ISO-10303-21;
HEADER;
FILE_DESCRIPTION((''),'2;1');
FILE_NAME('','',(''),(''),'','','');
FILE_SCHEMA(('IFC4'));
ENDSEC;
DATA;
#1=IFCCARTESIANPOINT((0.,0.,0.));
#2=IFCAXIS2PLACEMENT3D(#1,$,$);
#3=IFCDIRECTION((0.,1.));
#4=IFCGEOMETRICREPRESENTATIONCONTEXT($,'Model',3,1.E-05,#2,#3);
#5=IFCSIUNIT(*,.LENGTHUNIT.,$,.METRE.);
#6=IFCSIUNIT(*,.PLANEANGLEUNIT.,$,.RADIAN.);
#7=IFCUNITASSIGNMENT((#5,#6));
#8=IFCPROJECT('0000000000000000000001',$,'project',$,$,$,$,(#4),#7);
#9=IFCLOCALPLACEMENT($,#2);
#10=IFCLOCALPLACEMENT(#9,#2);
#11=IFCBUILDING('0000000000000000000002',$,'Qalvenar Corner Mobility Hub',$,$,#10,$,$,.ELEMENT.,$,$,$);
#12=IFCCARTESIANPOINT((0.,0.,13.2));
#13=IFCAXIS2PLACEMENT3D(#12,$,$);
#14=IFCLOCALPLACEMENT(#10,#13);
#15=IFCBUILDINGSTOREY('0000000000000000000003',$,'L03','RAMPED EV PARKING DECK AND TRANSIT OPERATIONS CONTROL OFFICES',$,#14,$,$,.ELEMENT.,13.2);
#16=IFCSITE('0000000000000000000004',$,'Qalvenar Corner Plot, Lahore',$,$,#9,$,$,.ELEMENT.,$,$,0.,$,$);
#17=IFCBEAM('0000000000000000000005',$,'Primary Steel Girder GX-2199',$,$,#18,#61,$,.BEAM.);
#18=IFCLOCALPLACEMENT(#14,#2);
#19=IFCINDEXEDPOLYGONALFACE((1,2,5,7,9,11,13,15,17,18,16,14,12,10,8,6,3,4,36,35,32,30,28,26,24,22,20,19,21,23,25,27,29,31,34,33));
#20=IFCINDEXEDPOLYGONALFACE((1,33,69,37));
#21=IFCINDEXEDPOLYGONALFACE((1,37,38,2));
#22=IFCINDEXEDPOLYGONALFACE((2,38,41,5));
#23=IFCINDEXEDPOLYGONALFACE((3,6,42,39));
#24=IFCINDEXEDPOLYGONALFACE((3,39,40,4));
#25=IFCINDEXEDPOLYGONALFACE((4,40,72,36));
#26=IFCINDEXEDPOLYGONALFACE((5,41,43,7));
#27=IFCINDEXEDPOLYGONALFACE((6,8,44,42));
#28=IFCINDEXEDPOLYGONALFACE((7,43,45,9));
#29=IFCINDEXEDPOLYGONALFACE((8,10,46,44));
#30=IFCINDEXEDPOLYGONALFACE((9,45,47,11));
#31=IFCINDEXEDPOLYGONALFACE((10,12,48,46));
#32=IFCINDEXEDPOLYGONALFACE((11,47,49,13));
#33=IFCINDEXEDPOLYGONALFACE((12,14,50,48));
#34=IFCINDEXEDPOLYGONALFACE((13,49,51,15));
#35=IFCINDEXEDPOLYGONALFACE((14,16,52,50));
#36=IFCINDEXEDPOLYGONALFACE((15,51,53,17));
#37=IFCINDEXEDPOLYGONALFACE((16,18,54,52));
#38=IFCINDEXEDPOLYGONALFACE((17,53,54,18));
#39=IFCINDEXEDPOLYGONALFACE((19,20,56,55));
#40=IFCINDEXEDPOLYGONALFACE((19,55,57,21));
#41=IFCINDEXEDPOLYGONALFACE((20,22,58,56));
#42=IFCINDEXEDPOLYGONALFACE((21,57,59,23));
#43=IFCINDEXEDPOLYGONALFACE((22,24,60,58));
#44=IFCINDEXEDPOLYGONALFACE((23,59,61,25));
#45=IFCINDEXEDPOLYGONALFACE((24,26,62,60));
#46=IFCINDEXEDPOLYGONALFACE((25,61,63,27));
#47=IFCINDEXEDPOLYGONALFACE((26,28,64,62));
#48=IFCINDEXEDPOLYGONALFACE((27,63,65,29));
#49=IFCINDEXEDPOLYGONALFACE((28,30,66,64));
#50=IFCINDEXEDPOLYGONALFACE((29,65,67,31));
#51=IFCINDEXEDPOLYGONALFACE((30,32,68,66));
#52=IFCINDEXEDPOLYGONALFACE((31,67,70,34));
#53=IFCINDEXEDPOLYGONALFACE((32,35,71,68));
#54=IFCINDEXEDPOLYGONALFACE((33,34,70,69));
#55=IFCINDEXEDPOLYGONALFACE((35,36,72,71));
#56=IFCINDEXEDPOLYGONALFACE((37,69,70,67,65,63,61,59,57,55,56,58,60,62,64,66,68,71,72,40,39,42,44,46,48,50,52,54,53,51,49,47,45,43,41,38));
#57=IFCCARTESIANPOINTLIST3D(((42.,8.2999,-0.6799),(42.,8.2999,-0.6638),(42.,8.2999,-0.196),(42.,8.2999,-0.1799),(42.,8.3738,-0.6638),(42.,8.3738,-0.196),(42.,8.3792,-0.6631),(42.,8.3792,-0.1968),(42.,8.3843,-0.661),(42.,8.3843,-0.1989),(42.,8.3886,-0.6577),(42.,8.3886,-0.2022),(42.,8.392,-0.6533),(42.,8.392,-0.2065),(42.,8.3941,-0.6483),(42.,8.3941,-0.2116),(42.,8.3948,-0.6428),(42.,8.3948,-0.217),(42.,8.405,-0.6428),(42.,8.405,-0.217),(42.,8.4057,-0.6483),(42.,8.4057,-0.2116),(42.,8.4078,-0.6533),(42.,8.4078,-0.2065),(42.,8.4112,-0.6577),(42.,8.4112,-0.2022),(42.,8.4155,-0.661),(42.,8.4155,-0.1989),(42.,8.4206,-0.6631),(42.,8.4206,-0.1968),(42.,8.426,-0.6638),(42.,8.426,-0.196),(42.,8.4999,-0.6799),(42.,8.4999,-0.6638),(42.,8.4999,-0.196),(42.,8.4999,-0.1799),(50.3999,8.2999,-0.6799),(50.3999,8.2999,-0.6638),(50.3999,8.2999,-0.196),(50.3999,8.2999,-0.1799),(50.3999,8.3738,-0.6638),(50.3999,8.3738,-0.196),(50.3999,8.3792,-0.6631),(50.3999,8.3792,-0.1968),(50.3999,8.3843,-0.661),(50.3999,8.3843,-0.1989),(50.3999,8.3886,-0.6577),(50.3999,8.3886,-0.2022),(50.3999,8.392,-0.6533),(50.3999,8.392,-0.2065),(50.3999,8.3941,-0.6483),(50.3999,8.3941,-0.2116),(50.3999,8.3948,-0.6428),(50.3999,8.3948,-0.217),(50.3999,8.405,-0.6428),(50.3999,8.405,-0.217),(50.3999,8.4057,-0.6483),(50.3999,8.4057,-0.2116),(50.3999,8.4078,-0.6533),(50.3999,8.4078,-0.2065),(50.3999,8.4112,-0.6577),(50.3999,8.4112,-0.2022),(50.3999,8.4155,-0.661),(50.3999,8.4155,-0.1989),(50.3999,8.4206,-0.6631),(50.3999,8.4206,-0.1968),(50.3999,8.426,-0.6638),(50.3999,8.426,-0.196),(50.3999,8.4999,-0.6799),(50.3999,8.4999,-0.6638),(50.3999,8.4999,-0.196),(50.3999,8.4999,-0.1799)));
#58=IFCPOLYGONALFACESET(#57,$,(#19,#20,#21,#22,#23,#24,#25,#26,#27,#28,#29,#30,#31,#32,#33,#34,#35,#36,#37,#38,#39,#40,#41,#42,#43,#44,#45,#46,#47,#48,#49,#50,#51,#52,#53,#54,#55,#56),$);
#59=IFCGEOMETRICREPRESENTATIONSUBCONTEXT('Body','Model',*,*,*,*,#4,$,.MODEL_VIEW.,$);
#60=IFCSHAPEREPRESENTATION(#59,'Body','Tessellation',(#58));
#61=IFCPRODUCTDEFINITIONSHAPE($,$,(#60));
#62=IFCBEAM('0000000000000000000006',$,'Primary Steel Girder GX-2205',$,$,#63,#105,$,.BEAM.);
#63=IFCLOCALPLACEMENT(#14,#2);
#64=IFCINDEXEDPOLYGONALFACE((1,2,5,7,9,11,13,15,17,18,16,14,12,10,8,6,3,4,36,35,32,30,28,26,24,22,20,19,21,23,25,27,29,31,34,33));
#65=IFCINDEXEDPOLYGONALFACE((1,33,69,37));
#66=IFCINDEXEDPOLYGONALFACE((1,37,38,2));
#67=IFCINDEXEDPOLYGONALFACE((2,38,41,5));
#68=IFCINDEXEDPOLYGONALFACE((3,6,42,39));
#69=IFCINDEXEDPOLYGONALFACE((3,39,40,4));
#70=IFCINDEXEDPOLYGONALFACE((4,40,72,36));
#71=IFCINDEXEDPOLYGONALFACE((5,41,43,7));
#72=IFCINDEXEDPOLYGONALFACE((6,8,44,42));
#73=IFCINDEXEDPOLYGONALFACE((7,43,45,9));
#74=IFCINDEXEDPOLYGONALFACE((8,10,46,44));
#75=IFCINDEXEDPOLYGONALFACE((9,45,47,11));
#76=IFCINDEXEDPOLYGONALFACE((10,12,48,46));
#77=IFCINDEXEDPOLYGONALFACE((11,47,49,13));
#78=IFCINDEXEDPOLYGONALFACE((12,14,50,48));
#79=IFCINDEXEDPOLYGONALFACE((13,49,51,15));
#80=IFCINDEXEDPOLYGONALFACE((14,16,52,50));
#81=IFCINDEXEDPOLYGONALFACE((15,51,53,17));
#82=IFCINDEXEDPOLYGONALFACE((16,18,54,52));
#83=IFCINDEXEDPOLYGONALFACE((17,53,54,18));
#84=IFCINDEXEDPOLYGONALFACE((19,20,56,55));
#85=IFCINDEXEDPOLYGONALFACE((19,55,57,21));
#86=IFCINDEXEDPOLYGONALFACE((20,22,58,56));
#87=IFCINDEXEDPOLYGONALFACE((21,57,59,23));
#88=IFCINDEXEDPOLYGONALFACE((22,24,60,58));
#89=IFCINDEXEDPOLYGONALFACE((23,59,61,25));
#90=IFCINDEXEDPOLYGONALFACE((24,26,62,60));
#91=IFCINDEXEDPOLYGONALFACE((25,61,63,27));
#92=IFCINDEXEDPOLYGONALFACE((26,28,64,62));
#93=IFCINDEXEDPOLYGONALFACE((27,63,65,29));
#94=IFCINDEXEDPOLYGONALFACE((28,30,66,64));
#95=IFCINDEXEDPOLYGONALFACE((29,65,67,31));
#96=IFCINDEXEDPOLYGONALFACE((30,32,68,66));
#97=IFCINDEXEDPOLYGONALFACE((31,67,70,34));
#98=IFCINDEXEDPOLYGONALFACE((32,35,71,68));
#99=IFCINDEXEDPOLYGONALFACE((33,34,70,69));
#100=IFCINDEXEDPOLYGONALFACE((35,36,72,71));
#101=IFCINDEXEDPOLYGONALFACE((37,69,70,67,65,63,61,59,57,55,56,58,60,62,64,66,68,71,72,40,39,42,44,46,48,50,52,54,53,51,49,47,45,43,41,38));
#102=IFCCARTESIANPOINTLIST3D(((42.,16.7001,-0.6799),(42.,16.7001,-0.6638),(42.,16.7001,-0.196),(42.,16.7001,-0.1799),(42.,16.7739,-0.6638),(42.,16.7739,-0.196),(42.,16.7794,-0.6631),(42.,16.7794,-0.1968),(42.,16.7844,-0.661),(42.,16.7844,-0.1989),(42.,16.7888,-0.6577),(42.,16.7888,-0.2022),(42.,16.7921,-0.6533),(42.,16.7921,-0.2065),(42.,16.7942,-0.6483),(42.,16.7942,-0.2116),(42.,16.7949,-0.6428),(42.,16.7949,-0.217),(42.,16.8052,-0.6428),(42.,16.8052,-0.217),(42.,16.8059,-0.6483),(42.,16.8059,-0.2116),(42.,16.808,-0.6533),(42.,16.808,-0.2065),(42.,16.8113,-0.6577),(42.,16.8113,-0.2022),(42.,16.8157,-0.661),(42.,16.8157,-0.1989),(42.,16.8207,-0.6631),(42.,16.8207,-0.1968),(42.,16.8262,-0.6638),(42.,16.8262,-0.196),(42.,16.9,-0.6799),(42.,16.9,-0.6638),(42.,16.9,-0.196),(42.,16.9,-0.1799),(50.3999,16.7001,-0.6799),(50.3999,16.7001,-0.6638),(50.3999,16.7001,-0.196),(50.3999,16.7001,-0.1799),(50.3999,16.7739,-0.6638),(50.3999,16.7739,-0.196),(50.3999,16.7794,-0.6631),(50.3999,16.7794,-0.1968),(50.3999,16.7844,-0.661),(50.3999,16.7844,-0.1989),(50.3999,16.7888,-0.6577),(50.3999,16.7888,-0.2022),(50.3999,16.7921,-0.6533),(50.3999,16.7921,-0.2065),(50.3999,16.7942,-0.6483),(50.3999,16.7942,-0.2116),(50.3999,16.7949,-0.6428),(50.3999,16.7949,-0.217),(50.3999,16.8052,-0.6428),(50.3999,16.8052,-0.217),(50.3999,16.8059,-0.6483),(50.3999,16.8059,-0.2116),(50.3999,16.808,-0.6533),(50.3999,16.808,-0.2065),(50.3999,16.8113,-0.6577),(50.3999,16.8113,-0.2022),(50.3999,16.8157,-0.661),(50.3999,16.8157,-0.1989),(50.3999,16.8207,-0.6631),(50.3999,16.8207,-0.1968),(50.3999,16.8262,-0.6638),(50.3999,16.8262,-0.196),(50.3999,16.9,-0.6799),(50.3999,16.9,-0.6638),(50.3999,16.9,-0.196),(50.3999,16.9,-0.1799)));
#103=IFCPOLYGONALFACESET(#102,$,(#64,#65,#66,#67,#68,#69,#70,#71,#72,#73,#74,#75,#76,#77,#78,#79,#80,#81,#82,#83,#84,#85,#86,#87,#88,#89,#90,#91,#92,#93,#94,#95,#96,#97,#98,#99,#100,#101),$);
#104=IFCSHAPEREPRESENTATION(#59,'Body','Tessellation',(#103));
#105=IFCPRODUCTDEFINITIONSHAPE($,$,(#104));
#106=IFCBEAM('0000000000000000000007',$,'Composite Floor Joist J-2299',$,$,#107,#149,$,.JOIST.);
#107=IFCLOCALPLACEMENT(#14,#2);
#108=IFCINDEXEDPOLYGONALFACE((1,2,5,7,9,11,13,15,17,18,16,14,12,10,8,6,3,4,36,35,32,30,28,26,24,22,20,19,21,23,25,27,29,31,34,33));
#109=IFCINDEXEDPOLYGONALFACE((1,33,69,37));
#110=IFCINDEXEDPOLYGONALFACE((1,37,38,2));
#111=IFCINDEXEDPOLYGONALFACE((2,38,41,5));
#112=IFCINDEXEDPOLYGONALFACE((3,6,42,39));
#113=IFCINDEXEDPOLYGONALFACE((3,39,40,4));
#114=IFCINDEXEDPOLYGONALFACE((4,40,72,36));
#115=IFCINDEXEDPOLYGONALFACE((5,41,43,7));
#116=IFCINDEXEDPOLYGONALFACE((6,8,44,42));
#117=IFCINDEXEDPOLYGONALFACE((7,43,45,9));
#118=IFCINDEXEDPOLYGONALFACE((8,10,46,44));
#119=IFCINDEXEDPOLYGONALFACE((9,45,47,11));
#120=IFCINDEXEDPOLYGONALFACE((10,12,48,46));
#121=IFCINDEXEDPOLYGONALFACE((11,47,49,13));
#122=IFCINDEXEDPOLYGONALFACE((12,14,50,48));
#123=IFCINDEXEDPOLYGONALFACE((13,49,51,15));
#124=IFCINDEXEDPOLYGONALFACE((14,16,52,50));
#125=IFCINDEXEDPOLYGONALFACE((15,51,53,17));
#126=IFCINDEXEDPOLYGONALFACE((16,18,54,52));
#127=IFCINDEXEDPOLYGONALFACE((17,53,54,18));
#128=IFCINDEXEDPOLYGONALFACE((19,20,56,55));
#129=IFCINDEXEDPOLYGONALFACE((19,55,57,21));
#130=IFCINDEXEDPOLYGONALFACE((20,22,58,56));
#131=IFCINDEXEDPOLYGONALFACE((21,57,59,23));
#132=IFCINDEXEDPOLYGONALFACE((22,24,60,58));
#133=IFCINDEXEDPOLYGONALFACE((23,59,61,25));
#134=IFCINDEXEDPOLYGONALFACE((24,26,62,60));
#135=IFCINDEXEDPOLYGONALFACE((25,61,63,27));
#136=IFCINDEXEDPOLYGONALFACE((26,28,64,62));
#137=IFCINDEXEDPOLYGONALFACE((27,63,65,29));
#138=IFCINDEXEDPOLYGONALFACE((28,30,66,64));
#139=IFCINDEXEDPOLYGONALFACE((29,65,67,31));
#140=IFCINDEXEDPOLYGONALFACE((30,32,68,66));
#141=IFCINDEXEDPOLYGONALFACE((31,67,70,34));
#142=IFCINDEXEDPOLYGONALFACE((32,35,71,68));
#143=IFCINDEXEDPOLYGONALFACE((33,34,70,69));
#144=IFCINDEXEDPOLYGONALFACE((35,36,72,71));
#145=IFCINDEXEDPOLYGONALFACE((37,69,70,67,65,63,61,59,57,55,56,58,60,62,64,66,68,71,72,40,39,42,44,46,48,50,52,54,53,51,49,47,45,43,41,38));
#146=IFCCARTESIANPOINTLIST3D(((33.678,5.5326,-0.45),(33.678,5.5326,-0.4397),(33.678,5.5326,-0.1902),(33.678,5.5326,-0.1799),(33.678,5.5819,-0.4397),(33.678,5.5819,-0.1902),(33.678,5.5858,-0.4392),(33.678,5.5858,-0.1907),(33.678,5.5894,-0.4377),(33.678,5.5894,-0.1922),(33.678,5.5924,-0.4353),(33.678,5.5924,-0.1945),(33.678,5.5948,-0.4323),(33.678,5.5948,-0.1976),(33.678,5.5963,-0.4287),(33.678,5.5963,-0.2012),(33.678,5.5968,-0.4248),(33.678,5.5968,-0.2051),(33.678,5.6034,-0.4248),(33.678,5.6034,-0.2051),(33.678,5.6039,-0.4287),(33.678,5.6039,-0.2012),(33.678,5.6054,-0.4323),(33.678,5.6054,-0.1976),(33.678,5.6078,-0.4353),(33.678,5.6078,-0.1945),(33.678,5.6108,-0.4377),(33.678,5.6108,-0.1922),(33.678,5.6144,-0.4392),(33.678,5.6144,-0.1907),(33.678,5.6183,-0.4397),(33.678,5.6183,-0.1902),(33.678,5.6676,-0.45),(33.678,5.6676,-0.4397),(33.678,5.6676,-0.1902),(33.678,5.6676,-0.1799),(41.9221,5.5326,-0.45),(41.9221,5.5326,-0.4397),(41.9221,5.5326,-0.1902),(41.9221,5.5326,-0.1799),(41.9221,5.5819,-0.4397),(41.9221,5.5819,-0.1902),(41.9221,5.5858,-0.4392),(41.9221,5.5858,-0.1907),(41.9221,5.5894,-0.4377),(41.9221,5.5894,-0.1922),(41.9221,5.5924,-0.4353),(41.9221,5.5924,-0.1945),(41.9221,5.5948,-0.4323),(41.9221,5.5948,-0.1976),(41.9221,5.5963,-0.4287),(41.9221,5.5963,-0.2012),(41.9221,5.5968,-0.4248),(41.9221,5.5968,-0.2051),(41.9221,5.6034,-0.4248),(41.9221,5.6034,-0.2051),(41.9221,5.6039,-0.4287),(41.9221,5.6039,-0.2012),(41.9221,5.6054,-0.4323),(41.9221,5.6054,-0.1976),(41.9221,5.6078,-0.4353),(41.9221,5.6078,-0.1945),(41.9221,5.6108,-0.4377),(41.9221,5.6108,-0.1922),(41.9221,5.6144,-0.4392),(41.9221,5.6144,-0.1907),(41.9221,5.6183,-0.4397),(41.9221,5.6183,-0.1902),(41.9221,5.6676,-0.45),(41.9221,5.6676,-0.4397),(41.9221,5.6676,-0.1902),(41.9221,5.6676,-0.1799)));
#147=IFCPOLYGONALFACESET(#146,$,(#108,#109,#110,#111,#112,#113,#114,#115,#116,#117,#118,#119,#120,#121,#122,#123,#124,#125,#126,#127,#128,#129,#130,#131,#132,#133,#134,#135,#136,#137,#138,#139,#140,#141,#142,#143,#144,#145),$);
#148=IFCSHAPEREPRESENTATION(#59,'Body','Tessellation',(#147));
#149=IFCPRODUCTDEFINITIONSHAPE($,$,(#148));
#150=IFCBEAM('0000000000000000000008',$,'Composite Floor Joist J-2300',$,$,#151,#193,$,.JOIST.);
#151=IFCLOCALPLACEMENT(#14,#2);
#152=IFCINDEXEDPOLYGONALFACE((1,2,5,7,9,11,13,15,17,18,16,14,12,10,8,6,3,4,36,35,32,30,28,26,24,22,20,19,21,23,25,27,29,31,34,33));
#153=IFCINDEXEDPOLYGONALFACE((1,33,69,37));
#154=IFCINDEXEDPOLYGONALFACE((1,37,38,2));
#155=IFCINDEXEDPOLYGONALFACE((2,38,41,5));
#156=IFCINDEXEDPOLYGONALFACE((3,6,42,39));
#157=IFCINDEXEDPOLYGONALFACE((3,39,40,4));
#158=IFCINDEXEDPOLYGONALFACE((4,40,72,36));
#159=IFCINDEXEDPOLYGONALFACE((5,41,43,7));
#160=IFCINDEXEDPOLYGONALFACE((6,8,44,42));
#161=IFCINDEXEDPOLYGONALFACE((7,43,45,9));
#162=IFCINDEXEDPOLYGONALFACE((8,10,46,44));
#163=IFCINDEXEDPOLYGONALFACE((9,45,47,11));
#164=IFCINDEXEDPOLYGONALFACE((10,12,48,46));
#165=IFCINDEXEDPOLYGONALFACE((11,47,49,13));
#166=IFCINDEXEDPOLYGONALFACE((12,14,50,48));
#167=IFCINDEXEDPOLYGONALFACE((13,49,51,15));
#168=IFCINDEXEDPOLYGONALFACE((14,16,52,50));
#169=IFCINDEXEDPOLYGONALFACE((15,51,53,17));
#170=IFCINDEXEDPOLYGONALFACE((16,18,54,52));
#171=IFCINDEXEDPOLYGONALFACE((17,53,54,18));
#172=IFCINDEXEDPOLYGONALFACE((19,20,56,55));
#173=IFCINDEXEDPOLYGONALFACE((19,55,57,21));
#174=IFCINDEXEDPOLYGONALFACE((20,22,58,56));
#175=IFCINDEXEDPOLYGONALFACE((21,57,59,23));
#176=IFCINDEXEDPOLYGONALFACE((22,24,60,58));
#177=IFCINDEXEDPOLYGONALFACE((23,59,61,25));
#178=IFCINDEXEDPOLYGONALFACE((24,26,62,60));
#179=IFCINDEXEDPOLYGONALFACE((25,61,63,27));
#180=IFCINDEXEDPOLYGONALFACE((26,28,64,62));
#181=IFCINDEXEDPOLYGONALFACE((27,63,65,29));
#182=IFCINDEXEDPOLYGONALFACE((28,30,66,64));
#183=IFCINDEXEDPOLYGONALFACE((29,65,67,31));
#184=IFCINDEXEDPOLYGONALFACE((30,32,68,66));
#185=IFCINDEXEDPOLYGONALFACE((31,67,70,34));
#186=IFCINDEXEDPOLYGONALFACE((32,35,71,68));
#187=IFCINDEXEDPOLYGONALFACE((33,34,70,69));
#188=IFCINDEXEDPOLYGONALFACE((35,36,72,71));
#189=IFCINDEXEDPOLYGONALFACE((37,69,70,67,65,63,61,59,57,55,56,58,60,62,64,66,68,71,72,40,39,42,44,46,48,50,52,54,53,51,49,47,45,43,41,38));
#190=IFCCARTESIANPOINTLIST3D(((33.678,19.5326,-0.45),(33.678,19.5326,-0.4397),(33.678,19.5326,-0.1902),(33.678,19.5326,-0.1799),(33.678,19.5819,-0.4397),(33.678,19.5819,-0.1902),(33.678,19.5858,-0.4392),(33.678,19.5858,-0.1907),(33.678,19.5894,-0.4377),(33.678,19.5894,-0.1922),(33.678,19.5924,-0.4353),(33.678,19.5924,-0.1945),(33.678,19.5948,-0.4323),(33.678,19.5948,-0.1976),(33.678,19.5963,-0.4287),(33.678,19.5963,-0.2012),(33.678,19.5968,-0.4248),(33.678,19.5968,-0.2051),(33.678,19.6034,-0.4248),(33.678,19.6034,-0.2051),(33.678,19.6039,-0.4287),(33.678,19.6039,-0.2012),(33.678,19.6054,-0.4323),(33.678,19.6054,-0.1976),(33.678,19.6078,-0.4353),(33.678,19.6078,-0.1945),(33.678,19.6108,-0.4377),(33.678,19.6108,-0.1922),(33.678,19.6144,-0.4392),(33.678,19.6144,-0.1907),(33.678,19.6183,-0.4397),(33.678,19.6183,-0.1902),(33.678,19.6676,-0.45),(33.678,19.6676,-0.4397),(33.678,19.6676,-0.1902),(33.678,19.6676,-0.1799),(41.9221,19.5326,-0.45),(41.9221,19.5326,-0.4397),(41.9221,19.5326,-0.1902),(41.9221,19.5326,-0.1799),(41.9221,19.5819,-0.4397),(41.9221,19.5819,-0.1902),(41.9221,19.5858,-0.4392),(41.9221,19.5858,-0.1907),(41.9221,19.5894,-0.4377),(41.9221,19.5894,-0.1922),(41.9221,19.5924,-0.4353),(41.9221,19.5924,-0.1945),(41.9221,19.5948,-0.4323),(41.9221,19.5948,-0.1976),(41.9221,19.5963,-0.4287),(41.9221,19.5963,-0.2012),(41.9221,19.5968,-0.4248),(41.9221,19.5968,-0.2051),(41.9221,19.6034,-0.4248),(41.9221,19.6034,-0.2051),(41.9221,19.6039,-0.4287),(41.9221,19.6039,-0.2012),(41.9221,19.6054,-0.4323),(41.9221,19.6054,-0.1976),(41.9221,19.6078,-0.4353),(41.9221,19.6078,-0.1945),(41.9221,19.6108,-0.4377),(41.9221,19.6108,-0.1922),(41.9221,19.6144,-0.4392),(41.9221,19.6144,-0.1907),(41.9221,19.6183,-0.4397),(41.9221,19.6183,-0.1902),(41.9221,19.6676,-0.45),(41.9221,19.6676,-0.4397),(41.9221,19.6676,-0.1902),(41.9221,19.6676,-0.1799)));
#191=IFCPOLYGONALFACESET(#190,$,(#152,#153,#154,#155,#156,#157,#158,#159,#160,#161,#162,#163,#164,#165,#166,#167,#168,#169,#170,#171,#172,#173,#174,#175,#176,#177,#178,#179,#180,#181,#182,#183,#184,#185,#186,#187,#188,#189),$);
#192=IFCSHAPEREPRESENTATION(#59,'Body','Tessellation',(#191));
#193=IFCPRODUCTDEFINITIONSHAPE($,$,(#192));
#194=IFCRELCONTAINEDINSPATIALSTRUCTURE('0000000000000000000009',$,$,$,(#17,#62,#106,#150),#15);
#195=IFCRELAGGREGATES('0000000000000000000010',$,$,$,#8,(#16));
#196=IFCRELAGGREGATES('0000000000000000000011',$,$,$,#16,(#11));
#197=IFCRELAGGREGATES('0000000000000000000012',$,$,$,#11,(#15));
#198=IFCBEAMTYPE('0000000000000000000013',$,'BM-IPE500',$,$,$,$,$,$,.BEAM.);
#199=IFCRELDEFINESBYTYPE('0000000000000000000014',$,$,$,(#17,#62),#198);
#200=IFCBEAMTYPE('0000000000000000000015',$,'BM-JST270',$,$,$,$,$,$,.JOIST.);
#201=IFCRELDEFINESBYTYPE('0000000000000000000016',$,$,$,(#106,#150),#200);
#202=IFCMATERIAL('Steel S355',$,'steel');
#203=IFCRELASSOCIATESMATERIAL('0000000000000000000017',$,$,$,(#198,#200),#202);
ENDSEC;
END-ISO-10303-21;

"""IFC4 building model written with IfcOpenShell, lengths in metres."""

from ifc_helpers import new_model, si_unit, direction, frame, origin, origin_2d, place, context, subcontext, project, spatial, i_section, extrude, material, material_profile, profile_set, type_object, element, save


model = new_model("IFC4")

# Units and contexts
model_context = context("Model", 3, precision=1e-05, world=origin(), true_north=direction((0.0, 1.0)))
body_context = subcontext(model_context, "Body", "Model", "MODEL_VIEW")
ifc_project = project(units=[si_unit("LENGTHUNIT", "METRE"), si_unit("PLANEANGLEUNIT", "RADIAN")], contexts=[model_context])

# Site, building, storey
site_placement = place(None, origin())
site = spatial("IfcSite", under=ifc_project, at=site_placement, Name="Qalvenar Corner Plot, Lahore", CompositionType="ELEMENT", RefElevation=0.0)
building_placement = place(site_placement, origin())
building = spatial("IfcBuilding", under=site, at=building_placement, Name="Qalvenar Corner Mobility Hub", CompositionType="ELEMENT")
storey_placement = place(building_placement, frame((0.0, 0.0, 13.2)))
storey = spatial("IfcBuildingStorey", under=building, at=storey_placement, Name="L03", Description="RAMPED EV PARKING DECK AND TRANSIT OPERATIONS CONTROL OFFICES", CompositionType="ELEMENT", Elevation=13.2)

# Shared definitions
ifc_material_1 = material(Name="Steel S355", Category="steel")

# Beams
ifc_material_profile_1 = material_profile(ifc_material_1, i_section(OverallWidth=0.2, OverallDepth=0.5, WebThickness=0.0103, FlangeThickness=0.0161, FilletRadius=0.021, at=origin_2d()), Name="IPE500")
ifc_profile_set_1 = profile_set([ifc_material_profile_1], Name="Steel S355")
beam_type_1 = type_object("IfcBeamType", Name="BM-IPE500", PredefinedType="BEAM", material=ifc_profile_set_1)
for number, where, z_axis, x_axis, name in (
    (1, (42.0, 8.3999, -0.4299), (1.0, 0.0, 0.0), (0.0, 1.0, 0.0), "Primary Steel Girder GX-2199"),
    (2, (42.0, 16.8, -0.4299), (1.0, 0.0, 0.0), (0.0, 1.0, 0.0), "Primary Steel Girder GX-2205"),
):
    element("IfcBeam", number, at=place(storey_placement, frame(where, z_axis=z_axis, x_axis=x_axis)), inside=storey, type_object=beam_type_1, Name=name, PredefinedType="BEAM", context=body_context, shape_type="SweptSolid", body=[
        extrude(i_section(OverallWidth=0.2, OverallDepth=0.5, WebThickness=0.0103, FlangeThickness=0.0161, FilletRadius=0.021, at=origin_2d()), origin(), (0.0, 0.0, 1.0), 8.3999),
    ])
ifc_material_profile_2 = material_profile(ifc_material_1, i_section(OverallWidth=0.135, OverallDepth=0.27, WebThickness=0.0066, FlangeThickness=0.0103, FilletRadius=0.0149, at=origin_2d()), Name="IPE270")
ifc_profile_set_2 = profile_set([ifc_material_profile_2], Name="Steel S355")
beam_type_2 = type_object("IfcBeamType", Name="BM-JST270", PredefinedType="JOIST", material=ifc_profile_set_2)
for number, where, z_axis, x_axis, name in (
    (3, (33.678, 5.6001, -0.3149), (1.0, 0.0, 0.0), (0.0, 1.0, 0.0), "Composite Floor Joist J-2299"),
    (4, (33.678, 19.6001, -0.3149), (1.0, 0.0, 0.0), (0.0, 1.0, 0.0), "Composite Floor Joist J-2300"),
):
    element("IfcBeam", number, at=place(storey_placement, frame(where, z_axis=z_axis, x_axis=x_axis)), inside=storey, type_object=beam_type_2, Name=name, PredefinedType="JOIST", context=body_context, shape_type="SweptSolid", body=[
        extrude(i_section(OverallWidth=0.135, OverallDepth=0.27, WebThickness=0.0066, FlangeThickness=0.0103, FilletRadius=0.0149, at=origin_2d()), origin(), (0.0, 0.0, 1.0), 8.2441),
    ])

save(model, "model.ifc")
